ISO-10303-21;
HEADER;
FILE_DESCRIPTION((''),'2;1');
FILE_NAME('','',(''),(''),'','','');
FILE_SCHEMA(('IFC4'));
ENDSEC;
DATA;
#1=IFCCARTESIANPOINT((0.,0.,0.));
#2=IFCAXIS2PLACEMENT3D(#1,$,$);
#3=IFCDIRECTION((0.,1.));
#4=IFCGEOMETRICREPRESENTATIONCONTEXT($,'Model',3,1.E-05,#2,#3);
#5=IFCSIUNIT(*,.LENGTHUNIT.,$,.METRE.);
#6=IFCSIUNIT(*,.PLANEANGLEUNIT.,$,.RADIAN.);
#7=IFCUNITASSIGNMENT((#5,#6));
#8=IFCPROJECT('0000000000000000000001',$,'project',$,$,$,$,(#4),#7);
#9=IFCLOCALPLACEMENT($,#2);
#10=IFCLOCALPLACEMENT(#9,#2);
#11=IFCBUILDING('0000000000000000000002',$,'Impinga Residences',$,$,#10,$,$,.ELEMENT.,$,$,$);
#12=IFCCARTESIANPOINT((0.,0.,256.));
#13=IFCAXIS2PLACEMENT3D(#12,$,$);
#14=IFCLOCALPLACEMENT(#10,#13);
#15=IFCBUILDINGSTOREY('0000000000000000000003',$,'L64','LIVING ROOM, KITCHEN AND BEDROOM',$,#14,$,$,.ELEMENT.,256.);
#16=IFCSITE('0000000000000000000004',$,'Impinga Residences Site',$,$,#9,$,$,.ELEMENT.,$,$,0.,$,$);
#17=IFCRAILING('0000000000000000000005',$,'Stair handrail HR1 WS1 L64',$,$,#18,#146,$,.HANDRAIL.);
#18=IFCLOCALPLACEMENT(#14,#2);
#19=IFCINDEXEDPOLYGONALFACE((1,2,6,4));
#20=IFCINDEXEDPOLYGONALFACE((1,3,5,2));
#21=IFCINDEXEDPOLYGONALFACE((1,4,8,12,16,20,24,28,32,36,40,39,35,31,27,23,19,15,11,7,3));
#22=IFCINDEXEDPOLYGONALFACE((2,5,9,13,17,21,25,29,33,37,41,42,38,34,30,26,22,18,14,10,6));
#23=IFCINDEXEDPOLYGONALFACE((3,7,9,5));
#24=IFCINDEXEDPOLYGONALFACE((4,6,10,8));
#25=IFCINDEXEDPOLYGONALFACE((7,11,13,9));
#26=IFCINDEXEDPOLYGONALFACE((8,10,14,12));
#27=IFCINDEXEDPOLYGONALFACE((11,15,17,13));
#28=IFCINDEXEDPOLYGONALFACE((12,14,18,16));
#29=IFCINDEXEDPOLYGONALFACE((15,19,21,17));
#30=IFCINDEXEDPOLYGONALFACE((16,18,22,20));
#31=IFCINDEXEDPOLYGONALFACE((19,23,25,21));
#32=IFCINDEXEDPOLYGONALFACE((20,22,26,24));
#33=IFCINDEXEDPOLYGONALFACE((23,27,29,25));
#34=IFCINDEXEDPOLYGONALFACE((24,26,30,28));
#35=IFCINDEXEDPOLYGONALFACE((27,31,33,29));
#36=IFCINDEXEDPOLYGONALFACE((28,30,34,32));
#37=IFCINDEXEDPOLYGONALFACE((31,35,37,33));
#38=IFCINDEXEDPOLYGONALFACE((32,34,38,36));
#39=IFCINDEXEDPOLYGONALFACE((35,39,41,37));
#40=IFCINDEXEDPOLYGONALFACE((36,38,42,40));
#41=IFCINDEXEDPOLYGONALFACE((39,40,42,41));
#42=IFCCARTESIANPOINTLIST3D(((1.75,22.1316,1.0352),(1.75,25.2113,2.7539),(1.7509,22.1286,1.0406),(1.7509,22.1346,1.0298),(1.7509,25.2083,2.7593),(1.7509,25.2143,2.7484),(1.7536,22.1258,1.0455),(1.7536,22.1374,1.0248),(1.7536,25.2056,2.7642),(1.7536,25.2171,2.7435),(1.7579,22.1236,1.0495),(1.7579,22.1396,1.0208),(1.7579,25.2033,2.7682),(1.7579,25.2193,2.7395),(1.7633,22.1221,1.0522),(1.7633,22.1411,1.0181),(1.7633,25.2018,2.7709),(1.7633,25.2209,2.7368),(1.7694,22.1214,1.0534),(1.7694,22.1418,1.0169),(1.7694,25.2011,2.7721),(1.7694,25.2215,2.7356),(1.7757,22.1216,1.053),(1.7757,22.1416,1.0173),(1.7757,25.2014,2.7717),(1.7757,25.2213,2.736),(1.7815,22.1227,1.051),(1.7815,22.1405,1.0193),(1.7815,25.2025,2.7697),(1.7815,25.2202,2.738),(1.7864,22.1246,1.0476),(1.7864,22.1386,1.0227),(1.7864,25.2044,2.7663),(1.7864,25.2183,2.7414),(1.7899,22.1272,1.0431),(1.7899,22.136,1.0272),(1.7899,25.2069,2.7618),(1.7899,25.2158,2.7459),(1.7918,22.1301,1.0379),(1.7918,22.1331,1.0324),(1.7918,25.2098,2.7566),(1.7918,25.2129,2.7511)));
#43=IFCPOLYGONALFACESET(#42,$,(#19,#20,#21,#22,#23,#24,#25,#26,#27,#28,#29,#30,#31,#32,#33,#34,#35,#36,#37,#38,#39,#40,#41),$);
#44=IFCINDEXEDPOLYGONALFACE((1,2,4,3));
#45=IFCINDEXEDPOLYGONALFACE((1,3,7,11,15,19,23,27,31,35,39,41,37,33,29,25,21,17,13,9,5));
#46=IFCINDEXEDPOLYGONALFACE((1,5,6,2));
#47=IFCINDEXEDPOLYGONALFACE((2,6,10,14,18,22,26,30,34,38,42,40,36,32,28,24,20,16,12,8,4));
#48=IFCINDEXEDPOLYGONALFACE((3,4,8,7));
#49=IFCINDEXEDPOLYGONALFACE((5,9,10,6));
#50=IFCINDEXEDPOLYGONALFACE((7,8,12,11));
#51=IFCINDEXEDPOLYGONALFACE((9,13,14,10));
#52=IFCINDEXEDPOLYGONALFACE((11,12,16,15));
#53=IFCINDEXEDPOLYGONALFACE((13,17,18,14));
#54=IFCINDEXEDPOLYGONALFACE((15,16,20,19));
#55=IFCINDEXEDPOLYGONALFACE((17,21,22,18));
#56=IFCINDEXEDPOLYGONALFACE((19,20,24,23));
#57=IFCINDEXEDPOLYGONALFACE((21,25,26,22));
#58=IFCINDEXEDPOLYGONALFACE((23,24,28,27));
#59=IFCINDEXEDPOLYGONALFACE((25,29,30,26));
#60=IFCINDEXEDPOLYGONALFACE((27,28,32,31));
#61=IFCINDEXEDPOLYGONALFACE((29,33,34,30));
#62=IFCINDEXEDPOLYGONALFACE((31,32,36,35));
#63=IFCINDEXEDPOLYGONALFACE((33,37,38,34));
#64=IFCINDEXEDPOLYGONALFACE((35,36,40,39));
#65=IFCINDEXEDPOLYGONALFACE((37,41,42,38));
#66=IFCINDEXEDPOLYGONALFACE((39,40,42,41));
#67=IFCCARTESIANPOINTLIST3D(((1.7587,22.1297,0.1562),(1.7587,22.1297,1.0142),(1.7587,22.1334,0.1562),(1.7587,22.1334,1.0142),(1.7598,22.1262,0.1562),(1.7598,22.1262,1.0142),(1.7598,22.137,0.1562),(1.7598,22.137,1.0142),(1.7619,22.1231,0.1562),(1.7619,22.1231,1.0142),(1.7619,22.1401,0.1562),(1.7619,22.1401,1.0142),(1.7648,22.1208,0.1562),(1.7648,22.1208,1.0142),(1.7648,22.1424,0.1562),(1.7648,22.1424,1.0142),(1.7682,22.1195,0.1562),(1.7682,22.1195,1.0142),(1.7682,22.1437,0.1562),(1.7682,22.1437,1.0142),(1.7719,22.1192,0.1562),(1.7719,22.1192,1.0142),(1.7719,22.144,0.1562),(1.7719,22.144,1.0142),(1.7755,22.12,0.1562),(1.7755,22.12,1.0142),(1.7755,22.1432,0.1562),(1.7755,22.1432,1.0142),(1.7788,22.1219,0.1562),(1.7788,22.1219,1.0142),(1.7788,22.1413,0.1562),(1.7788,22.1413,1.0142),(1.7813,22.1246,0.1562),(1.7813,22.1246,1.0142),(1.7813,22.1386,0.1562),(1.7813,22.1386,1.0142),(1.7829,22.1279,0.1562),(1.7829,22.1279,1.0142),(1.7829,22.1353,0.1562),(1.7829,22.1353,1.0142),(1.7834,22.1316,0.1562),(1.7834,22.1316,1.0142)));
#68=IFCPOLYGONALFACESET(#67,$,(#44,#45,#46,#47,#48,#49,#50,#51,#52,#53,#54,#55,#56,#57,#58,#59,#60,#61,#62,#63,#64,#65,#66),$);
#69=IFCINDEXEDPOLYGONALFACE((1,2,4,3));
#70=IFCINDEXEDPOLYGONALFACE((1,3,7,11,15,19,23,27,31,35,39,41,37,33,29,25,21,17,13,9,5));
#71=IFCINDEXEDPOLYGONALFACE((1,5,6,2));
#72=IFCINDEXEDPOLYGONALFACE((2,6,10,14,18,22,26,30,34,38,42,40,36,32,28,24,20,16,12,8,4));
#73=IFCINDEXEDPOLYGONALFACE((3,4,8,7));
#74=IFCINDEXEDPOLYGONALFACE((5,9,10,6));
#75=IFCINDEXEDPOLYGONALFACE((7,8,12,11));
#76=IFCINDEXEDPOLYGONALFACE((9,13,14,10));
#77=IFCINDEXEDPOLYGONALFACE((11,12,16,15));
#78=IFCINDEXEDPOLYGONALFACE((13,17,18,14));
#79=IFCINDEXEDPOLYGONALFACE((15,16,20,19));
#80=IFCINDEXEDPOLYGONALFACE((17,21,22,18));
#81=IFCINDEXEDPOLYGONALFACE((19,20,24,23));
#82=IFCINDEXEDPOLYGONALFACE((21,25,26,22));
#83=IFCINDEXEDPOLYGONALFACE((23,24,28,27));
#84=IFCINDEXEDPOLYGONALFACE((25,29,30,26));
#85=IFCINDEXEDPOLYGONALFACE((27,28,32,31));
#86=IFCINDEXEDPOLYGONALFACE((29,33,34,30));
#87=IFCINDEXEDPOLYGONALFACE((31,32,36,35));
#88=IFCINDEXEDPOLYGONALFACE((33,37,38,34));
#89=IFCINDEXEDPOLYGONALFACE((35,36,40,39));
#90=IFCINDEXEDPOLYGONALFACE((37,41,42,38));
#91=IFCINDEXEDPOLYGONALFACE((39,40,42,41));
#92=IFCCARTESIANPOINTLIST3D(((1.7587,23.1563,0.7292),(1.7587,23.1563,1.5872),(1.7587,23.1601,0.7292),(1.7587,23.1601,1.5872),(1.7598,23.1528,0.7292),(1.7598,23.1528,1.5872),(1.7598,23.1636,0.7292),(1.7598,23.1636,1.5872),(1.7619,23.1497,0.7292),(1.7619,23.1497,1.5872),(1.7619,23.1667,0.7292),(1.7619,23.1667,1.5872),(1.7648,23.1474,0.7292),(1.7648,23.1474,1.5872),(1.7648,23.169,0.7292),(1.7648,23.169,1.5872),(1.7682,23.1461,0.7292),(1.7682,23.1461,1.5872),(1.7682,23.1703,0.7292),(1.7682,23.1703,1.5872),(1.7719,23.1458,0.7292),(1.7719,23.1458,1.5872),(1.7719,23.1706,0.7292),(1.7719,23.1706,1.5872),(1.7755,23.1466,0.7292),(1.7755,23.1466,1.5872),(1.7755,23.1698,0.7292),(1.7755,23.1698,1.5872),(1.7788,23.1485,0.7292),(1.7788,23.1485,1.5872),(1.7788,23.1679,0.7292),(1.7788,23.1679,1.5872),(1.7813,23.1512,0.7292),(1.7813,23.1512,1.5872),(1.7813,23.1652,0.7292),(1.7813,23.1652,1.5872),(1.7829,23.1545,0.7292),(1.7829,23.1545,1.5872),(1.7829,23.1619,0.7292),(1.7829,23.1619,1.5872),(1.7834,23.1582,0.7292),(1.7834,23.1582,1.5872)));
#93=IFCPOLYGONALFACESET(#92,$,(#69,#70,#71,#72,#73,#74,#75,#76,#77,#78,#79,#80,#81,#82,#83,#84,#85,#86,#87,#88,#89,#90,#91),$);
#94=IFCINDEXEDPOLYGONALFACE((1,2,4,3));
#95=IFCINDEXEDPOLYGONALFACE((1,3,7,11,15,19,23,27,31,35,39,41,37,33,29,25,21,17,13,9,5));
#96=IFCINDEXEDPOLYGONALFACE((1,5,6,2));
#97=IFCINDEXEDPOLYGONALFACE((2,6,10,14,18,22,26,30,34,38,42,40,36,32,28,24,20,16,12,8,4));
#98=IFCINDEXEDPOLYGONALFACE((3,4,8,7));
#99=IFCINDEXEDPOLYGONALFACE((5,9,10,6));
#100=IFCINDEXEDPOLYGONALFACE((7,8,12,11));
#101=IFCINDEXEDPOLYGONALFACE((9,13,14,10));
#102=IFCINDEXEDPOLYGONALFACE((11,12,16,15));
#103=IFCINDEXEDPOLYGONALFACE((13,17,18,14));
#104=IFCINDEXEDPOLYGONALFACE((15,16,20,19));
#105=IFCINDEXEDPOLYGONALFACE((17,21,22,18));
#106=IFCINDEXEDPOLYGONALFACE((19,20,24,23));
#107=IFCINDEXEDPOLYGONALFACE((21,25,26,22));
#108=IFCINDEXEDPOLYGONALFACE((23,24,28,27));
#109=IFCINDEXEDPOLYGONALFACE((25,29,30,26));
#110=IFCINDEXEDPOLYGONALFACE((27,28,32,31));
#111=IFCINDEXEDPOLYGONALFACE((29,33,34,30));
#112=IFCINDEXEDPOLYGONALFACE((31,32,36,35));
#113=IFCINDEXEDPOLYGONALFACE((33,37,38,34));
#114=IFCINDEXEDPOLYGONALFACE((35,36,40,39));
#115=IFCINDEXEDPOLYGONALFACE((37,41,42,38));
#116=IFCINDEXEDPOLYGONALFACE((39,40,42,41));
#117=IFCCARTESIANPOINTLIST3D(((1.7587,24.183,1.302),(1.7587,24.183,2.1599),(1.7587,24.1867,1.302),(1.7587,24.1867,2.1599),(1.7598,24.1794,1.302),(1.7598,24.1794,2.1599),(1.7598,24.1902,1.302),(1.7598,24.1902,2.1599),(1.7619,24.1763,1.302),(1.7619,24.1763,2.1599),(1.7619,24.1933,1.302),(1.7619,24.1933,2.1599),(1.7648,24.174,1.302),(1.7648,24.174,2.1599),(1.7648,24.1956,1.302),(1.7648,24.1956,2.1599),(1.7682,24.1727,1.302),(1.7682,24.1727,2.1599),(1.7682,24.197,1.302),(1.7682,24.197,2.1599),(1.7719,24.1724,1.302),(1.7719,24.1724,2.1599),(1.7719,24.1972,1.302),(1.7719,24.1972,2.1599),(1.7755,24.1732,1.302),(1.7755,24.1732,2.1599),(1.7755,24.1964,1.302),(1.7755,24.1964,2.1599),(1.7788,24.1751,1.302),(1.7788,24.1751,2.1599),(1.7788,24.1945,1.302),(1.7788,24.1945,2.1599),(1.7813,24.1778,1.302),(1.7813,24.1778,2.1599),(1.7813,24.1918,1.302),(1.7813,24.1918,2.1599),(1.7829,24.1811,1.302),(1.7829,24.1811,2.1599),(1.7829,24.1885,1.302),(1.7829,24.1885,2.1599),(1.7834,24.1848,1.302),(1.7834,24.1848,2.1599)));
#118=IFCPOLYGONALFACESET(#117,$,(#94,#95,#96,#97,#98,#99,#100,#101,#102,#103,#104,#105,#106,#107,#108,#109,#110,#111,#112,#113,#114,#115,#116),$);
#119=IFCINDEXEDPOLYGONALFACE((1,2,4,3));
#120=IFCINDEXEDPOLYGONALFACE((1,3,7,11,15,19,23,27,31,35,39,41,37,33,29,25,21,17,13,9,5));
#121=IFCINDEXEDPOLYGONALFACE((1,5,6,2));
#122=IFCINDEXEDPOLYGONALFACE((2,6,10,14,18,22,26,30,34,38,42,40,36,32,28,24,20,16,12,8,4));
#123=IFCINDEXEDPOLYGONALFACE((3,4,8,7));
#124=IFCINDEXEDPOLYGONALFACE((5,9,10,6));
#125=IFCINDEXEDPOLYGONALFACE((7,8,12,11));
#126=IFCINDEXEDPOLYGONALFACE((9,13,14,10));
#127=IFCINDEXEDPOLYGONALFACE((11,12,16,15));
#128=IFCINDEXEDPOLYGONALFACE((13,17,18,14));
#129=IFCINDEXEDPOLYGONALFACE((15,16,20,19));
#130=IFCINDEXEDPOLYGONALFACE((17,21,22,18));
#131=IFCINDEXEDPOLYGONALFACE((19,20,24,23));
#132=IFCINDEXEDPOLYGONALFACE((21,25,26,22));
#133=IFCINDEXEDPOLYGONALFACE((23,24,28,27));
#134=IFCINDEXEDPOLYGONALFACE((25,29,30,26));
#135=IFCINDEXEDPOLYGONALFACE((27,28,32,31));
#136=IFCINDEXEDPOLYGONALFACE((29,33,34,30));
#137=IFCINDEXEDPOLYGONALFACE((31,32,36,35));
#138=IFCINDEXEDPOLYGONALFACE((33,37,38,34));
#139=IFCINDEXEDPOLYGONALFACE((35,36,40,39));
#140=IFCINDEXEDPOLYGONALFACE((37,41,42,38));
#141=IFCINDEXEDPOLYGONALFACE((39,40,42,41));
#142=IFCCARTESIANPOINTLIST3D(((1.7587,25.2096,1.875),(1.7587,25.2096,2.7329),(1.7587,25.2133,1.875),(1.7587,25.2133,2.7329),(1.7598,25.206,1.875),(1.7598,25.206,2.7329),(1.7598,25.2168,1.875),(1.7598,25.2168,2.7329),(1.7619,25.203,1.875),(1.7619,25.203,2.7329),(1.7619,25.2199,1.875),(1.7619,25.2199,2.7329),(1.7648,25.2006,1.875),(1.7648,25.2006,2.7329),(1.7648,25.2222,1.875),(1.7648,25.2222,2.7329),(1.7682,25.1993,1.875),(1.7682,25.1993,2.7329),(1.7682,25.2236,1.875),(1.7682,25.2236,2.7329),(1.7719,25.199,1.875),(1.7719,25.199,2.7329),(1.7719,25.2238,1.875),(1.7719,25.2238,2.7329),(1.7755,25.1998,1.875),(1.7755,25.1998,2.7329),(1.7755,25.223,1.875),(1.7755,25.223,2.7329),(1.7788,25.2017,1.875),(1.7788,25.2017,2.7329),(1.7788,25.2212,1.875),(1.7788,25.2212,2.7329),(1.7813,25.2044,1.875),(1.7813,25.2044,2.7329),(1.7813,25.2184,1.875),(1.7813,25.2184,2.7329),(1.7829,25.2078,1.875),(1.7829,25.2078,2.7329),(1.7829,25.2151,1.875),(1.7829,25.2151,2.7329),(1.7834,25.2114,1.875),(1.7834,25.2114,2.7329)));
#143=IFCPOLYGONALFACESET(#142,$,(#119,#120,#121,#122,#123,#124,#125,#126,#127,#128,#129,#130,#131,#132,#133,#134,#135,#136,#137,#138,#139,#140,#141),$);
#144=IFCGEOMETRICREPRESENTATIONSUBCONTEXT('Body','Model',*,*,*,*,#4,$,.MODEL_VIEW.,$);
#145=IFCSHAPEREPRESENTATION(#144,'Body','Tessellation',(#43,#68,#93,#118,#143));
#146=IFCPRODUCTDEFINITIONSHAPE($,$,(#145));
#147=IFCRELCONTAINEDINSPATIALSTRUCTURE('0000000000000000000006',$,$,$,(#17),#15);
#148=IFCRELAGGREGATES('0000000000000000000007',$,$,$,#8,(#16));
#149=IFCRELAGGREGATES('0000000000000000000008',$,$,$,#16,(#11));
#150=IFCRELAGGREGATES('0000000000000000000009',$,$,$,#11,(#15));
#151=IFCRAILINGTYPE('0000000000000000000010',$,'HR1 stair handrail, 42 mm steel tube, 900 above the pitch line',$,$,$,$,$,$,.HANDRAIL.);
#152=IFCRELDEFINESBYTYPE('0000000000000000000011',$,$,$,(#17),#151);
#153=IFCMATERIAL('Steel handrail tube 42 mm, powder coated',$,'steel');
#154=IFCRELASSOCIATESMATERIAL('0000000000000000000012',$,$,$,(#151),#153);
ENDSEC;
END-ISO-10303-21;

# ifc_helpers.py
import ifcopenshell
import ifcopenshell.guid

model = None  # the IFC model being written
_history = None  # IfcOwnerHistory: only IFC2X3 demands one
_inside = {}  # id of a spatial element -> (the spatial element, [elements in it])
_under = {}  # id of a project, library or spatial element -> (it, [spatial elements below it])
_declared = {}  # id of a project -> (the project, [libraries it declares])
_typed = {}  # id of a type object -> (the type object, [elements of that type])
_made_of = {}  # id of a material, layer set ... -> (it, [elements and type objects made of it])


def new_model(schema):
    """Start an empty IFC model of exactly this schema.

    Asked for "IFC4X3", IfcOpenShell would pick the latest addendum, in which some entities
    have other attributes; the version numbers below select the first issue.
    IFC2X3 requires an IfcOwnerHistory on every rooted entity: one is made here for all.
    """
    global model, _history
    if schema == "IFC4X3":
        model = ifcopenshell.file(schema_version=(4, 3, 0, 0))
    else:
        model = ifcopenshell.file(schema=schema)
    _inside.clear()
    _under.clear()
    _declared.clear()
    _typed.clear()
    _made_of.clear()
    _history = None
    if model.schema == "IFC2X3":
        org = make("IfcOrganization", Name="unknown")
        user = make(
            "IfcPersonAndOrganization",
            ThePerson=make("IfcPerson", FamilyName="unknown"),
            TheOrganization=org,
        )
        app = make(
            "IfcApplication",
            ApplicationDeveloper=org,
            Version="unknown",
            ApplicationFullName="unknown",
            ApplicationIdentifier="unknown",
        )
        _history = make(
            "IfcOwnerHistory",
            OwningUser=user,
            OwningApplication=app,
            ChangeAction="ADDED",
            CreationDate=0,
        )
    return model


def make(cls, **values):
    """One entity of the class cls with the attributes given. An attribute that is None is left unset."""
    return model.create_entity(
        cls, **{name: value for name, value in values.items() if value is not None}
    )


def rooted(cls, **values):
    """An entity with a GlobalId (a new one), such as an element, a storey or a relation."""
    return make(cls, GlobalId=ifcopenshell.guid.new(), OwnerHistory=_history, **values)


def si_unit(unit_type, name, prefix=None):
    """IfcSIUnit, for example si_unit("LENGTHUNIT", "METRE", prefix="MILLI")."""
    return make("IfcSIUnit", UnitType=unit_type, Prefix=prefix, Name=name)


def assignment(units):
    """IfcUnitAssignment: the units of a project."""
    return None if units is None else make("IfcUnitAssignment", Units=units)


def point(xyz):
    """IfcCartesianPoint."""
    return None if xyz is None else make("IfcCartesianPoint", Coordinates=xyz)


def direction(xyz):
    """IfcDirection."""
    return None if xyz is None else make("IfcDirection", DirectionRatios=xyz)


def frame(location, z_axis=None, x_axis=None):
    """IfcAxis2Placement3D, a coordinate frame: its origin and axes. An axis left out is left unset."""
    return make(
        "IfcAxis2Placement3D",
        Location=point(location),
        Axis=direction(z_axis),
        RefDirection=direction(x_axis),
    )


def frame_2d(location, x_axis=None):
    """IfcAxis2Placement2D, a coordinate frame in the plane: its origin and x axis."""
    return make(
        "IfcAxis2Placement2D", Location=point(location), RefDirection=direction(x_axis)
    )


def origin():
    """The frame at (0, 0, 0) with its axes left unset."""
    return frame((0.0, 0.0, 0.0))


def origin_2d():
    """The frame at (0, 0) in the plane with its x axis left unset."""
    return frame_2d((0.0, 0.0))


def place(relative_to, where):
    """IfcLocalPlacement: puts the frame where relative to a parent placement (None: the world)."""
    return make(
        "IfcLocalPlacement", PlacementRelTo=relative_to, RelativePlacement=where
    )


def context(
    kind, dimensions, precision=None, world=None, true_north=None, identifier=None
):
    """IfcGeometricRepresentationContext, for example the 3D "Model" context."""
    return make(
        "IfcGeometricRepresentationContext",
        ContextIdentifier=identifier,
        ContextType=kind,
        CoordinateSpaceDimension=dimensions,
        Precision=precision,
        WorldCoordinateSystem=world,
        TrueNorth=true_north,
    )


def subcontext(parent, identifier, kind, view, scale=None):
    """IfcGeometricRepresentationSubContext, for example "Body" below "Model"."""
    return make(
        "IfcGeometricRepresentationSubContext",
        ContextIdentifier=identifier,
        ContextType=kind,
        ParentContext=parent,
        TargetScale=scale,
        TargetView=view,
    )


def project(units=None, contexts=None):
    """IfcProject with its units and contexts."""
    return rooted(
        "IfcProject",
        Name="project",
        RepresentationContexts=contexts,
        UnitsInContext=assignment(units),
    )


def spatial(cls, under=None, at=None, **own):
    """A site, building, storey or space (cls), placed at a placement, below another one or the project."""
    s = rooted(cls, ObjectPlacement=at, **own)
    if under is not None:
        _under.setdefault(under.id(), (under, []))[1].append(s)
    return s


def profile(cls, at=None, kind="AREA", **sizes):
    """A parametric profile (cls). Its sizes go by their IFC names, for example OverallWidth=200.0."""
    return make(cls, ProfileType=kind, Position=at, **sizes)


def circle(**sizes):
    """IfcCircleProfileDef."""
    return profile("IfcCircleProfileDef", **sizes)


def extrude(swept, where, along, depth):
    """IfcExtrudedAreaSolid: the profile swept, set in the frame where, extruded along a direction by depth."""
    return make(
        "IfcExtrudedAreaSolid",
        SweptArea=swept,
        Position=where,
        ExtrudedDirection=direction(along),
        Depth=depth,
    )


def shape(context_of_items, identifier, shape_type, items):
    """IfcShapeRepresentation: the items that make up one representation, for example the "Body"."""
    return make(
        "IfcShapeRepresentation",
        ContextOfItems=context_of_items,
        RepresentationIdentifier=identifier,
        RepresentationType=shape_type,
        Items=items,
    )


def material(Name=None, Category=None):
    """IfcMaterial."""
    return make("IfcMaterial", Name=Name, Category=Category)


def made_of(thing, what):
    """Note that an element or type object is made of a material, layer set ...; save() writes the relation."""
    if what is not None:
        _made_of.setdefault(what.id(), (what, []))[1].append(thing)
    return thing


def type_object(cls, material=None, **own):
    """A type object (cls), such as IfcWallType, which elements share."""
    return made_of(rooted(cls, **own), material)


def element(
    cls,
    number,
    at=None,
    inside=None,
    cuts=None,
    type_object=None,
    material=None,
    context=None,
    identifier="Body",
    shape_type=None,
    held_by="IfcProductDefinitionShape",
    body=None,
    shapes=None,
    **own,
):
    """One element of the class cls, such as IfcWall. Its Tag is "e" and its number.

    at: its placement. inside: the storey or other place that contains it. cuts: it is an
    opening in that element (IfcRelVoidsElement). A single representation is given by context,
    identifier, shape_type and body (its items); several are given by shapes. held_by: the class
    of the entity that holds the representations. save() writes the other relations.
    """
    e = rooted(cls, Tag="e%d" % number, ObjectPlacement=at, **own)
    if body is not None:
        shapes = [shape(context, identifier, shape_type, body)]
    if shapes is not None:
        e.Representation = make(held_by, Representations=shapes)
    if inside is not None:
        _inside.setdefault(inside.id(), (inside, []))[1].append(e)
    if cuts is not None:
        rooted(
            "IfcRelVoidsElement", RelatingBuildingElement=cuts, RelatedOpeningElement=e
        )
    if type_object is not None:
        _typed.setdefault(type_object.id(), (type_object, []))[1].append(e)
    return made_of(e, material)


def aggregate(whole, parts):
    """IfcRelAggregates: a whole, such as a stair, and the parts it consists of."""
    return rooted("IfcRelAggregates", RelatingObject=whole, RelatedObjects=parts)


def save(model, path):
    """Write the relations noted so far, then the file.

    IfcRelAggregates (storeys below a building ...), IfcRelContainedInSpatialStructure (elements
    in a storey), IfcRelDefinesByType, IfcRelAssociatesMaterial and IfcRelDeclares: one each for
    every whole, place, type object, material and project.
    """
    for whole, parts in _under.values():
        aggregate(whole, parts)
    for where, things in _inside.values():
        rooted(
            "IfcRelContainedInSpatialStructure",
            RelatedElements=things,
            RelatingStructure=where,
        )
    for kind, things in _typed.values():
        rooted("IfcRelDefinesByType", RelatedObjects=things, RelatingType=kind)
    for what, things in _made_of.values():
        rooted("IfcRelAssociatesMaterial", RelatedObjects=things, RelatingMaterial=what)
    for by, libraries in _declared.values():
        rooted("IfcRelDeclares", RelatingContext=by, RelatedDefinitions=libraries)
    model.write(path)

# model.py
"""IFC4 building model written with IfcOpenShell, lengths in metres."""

from ifc_helpers import new_model, si_unit, direction, frame, origin, origin_2d, place, context, subcontext, project, spatial, circle, extrude, material, type_object, element, save


model = new_model("IFC4")

# Units and contexts
model_context = context("Model", 3, precision=1e-05, world=origin(), true_north=direction((0.0, 1.0)))
body_context = subcontext(model_context, "Body", "Model", "MODEL_VIEW")
ifc_project = project(units=[si_unit("LENGTHUNIT", "METRE"), si_unit("PLANEANGLEUNIT", "RADIAN")], contexts=[model_context])

# Site, building, storey
site_placement = place(None, origin())
site = spatial("IfcSite", under=ifc_project, at=site_placement, Name="Impinga Residences Site", CompositionType="ELEMENT", RefElevation=0.0)
building_placement = place(site_placement, origin())
building = spatial("IfcBuilding", under=site, at=building_placement, Name="Impinga Residences", CompositionType="ELEMENT")
storey_placement = place(building_placement, frame((0.0, 0.0, 256.0)))
storey = spatial("IfcBuildingStorey", under=building, at=storey_placement, Name="L64", Description="LIVING ROOM, KITCHEN AND BEDROOM", CompositionType="ELEMENT", Elevation=256.0)

# Railing
ifc_material_1 = material(Name="Steel handrail tube 42 mm, powder coated", Category="steel")
railing_type_1 = type_object("IfcRailingType", Name="HR1 stair handrail, 42 mm steel tube, 900 above the pitch line", PredefinedType="HANDRAIL", material=ifc_material_1)
railing_1_placement = place(storey_placement, frame((1.771, 22.1316, 0.1562)))
element("IfcRailing", 1, at=railing_1_placement, inside=storey, type_object=railing_type_1, Name="Stair handrail HR1 WS1 L64", PredefinedType="HANDRAIL", context=body_context, shape_type="SweptSolid", body=[
    extrude(circle(Radius=0.021, at=origin_2d()), frame((0.0, 0.0, 0.8789), z_axis=(0.0, 0.873225, 0.487317), x_axis=(-1.0, 0.0, 0.0)), (0.0, 0.0, 1.0), 3.5269),
    extrude(circle(Radius=0.0125, at=origin_2d()), origin(), (0.0, 0.0, 1.0), 0.8579),
    extrude(circle(Radius=0.0125, at=origin_2d()), frame((0.0, 1.0266, 0.573)), (0.0, 0.0, 1.0), 0.8579),
    extrude(circle(Radius=0.0125, at=origin_2d()), frame((0.0, 2.0532, 1.1458)), (0.0, 0.0, 1.0), 0.8579),
    extrude(circle(Radius=0.0125, at=origin_2d()), frame((0.0, 3.0798, 1.7188)), (0.0, 0.0, 1.0), 0.8579),
])

save(model, "model.ifc")
